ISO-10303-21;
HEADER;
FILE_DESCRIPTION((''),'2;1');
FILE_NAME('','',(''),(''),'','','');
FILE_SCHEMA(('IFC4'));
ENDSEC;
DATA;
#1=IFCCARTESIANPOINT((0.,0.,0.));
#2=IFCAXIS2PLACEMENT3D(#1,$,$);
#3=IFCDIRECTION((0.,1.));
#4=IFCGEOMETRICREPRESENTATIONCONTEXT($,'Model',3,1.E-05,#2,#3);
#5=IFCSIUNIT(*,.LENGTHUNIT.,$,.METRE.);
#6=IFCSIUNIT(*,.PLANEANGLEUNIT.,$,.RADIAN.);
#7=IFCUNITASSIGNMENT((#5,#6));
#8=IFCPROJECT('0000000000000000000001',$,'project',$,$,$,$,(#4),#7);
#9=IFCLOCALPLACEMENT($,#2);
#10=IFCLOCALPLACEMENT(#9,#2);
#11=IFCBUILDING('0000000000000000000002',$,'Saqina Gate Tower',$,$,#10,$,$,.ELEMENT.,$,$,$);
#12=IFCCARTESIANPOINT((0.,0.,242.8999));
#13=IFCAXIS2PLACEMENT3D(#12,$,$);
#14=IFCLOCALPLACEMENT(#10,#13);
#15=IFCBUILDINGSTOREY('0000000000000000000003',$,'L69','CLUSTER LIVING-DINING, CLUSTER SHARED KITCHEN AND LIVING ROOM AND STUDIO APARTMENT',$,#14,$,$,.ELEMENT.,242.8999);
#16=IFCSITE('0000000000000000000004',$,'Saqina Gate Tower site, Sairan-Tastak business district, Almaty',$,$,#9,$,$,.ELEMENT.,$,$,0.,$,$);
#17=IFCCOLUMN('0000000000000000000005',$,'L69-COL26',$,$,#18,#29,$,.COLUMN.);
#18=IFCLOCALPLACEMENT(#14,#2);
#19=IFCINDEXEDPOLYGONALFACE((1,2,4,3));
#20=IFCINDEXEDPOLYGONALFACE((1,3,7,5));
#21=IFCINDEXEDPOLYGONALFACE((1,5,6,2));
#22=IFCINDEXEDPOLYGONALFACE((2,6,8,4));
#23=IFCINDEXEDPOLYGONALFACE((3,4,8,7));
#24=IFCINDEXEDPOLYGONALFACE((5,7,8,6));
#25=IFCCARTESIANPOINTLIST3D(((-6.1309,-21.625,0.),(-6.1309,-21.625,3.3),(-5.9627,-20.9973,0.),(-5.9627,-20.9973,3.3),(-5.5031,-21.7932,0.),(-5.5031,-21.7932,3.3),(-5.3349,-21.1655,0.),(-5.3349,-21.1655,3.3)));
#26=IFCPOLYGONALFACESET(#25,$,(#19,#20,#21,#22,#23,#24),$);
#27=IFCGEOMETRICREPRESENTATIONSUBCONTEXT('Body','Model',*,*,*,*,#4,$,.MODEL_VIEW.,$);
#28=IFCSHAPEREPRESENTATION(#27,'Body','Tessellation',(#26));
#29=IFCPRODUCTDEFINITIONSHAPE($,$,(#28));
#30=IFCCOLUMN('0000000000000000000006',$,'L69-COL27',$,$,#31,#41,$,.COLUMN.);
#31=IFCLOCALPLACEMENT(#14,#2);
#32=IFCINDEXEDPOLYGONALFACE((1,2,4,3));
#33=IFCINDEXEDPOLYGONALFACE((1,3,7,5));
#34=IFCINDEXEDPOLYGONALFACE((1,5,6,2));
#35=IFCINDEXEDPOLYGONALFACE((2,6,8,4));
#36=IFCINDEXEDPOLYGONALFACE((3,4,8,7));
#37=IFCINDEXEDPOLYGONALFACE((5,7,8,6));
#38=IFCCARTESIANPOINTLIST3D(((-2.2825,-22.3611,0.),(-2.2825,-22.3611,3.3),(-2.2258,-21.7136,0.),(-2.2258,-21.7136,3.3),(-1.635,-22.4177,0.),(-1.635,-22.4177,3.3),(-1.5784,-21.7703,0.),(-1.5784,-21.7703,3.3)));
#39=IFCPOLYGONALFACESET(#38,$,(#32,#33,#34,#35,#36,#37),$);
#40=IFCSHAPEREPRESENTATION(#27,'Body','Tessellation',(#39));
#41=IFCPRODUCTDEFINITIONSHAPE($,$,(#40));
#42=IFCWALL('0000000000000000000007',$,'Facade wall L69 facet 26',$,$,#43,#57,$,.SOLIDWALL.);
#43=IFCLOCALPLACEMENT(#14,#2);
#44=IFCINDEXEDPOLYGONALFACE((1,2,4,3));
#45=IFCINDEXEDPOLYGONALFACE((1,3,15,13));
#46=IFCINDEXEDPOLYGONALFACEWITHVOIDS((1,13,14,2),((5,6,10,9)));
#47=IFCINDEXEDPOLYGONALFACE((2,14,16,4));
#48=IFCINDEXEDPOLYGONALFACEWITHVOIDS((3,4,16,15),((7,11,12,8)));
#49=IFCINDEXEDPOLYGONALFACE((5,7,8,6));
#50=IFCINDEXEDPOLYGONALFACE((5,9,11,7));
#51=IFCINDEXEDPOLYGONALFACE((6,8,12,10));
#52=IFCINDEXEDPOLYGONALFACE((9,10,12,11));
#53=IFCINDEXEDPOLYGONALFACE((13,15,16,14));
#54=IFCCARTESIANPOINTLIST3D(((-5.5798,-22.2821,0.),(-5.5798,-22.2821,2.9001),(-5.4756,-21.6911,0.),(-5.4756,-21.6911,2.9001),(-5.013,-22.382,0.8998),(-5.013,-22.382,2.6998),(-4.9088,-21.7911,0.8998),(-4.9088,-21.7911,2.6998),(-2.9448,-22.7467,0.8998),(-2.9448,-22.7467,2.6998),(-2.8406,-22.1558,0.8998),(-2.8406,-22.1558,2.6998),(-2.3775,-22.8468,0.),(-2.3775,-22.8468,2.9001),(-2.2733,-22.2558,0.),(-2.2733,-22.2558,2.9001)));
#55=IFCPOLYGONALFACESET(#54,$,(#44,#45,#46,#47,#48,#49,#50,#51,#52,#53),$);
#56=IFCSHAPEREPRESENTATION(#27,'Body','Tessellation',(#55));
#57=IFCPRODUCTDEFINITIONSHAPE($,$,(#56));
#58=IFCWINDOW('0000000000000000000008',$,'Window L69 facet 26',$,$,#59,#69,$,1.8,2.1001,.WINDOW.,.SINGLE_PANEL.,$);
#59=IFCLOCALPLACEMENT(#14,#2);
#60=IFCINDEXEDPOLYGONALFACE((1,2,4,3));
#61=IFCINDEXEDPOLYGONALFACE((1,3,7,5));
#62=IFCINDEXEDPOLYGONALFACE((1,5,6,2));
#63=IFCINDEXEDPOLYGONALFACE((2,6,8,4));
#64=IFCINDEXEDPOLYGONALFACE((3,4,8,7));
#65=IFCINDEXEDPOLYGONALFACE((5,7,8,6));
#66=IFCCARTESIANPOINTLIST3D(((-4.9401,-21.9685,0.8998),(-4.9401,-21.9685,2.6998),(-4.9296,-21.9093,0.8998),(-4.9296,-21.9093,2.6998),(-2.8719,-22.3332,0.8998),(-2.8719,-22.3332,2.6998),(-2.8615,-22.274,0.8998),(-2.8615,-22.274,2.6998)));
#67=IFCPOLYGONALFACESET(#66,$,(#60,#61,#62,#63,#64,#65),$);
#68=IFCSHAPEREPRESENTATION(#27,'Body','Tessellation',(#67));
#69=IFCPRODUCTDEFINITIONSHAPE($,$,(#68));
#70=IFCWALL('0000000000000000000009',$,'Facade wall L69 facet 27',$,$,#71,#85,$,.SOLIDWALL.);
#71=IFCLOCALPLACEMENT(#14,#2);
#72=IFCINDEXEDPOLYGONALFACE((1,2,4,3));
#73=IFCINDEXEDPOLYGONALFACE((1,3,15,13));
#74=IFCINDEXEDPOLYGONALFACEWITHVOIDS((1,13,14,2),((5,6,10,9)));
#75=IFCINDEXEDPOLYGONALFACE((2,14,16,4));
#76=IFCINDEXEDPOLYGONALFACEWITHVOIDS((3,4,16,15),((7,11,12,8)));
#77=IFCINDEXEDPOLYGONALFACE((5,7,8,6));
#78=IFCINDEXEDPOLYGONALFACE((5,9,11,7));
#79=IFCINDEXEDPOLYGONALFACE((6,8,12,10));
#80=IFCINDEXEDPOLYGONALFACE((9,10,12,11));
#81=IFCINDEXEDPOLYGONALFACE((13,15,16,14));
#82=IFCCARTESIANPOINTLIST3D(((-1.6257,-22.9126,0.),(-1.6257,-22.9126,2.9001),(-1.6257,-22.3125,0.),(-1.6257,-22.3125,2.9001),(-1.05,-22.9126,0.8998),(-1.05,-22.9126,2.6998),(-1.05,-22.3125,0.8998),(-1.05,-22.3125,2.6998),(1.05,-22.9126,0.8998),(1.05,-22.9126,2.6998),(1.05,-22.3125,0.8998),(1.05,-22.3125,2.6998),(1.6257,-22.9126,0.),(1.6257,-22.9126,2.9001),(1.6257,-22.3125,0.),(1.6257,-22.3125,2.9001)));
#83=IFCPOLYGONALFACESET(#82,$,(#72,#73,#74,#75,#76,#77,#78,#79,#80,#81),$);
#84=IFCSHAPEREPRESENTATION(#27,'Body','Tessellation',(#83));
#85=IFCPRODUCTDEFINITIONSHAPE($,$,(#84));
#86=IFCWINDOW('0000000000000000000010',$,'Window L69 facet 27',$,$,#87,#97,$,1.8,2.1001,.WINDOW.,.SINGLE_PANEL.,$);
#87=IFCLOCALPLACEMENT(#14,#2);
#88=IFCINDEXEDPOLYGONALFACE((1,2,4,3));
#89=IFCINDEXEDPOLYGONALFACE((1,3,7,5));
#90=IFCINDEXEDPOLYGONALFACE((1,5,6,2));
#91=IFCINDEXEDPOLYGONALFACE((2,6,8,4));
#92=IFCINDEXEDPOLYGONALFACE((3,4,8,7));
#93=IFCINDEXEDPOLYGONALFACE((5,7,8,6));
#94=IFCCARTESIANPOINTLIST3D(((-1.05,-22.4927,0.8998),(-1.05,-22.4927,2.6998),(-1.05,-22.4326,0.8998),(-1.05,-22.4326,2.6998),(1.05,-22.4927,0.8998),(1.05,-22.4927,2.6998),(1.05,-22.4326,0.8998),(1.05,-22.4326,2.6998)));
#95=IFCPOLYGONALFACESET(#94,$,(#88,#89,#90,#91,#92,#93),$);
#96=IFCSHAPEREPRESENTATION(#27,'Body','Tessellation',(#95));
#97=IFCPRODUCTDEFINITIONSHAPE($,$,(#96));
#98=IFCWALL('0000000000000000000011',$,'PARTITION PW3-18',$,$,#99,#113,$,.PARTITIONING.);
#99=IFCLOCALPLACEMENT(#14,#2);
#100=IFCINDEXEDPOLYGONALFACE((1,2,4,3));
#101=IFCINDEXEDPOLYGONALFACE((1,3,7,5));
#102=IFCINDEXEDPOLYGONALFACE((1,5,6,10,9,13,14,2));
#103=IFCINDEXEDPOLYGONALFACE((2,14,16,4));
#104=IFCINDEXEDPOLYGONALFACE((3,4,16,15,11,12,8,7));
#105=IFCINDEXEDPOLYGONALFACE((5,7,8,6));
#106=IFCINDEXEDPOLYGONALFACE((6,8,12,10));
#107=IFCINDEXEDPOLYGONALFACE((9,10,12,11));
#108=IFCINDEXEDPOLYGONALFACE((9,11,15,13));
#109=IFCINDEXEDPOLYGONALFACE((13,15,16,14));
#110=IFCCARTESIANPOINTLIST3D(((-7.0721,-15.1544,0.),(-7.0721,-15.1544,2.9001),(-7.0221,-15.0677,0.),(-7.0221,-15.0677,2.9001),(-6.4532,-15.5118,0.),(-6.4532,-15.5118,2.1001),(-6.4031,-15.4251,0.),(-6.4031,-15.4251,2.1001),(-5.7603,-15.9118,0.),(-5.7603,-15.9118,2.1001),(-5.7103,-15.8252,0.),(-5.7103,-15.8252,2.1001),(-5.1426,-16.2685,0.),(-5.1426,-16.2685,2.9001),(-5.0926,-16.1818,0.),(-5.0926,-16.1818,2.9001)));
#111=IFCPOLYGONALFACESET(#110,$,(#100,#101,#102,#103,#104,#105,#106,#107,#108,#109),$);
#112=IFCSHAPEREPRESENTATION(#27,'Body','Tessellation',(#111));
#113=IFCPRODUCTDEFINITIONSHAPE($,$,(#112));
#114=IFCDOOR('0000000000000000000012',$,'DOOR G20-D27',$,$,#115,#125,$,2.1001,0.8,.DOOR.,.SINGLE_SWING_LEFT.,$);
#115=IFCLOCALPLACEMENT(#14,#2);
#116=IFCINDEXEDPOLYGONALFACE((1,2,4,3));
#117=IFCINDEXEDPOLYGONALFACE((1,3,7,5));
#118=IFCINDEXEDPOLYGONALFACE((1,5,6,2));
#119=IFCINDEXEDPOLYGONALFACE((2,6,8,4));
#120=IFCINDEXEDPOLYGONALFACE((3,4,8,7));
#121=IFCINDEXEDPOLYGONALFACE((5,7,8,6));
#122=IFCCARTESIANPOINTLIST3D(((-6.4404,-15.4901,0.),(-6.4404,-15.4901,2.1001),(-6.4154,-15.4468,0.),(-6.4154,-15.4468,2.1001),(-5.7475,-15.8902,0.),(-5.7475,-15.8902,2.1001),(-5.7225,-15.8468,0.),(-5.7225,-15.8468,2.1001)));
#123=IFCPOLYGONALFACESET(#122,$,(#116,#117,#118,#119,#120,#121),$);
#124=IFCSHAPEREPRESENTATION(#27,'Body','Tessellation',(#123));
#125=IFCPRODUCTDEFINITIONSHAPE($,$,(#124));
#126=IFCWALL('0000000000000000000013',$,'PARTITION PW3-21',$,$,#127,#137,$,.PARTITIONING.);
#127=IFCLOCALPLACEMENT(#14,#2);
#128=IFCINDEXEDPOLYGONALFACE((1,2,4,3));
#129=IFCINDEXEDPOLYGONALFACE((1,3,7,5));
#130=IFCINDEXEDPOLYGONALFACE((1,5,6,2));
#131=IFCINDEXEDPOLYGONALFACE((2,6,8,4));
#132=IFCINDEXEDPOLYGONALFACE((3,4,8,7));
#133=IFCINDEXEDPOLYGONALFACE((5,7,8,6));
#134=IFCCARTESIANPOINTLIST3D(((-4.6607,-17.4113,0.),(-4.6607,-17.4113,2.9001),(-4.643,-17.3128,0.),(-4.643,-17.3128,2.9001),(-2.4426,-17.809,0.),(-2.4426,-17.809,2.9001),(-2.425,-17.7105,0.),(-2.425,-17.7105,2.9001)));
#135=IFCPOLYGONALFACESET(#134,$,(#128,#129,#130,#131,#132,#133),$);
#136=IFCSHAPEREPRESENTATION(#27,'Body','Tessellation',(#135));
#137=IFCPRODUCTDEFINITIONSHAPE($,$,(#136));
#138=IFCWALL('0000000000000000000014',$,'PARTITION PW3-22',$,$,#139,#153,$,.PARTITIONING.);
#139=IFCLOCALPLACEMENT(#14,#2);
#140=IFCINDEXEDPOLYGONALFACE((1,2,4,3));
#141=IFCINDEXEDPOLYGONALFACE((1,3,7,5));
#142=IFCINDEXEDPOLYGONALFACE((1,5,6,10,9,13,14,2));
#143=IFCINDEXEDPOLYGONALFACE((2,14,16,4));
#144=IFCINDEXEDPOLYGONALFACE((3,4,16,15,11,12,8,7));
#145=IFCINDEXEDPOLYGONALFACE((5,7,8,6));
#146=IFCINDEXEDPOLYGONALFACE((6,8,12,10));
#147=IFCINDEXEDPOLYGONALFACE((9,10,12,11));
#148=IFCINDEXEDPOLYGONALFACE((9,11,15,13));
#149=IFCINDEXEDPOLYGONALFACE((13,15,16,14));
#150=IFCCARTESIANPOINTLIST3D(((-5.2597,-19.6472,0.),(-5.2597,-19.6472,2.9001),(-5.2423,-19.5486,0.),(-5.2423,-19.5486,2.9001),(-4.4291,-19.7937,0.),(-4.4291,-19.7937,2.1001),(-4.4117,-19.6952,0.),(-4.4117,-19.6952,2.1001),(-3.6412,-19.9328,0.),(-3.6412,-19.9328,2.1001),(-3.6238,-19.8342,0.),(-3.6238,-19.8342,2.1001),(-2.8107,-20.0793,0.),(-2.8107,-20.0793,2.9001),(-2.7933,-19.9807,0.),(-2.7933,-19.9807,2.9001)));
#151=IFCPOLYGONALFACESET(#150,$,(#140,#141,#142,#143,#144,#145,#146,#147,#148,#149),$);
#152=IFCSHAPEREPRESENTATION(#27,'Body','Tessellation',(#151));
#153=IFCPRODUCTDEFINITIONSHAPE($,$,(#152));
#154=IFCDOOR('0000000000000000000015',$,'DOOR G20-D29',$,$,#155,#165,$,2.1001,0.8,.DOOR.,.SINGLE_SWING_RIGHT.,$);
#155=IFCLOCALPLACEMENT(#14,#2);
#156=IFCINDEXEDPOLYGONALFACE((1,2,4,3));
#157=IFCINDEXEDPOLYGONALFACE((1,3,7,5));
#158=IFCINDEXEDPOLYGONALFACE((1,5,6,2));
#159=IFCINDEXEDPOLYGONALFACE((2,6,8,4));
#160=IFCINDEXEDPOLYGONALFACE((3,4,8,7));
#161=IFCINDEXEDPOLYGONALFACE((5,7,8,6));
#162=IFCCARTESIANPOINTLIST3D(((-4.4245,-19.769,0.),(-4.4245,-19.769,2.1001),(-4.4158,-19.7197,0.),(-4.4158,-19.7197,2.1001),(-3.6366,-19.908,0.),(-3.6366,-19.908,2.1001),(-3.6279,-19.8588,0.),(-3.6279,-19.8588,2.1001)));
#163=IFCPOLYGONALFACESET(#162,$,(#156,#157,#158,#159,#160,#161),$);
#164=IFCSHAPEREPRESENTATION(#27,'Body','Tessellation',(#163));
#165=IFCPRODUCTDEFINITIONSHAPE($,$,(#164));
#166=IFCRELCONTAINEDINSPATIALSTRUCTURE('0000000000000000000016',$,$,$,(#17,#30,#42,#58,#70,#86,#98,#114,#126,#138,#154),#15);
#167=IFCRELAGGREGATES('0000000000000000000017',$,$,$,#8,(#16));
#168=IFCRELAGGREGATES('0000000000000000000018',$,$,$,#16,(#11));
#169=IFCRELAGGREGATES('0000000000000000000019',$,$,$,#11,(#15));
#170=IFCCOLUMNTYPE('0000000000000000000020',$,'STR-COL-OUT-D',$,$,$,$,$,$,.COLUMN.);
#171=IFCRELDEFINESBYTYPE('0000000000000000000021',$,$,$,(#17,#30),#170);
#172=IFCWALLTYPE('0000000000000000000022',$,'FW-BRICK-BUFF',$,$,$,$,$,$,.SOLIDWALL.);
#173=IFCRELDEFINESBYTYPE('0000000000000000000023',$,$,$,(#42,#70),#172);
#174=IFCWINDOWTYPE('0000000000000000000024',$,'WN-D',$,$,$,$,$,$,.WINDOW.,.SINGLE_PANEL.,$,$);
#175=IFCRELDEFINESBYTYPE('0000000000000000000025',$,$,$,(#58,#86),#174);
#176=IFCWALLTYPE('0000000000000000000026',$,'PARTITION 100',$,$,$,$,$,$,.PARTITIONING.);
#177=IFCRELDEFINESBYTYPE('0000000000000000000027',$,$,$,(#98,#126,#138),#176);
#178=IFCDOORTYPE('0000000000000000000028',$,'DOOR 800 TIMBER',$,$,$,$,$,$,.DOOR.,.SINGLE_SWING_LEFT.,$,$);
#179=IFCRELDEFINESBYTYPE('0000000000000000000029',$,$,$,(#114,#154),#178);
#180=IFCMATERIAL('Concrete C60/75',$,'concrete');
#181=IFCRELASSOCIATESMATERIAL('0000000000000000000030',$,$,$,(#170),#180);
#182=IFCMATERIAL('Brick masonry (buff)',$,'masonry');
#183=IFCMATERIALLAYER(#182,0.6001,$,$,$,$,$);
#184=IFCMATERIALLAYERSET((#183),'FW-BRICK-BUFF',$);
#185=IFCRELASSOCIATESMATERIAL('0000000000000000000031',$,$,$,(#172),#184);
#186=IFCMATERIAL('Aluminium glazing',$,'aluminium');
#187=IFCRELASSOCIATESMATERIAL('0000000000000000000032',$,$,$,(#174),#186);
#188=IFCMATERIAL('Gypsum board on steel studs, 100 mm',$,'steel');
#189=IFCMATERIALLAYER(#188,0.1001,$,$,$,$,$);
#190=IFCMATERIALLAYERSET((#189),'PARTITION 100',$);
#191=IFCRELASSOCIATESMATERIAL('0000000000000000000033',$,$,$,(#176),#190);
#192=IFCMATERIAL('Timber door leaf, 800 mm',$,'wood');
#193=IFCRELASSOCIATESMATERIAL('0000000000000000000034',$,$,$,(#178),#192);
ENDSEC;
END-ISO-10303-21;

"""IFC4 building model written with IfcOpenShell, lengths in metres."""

from ifc_helpers import new_model, si_unit, direction, frame, frame_2d, origin, origin_2d, place, context, subcontext, project, spatial, rectangle, extrude, material, layer, layer_set, material_profile, profile_set, type_object, element, fill, save


model = new_model("IFC4")

# Units and contexts
model_context = context("Model", 3, precision=1e-05, world=origin(), true_north=direction((0.0, 1.0)))
body_context = subcontext(model_context, "Body", "Model", "MODEL_VIEW")
ifc_project = project(units=[si_unit("LENGTHUNIT", "METRE"), si_unit("PLANEANGLEUNIT", "RADIAN")], contexts=[model_context])

# Site, building, storey
site_placement = place(None, origin())
site = spatial("IfcSite", under=ifc_project, at=site_placement, Name="Saqina Gate Tower site, Sairan-Tastak business district, Almaty", CompositionType="ELEMENT", RefElevation=0.0)
building_placement = place(site_placement, origin())
building = spatial("IfcBuilding", under=site, at=building_placement, Name="Saqina Gate Tower", CompositionType="ELEMENT")
storey_placement = place(building_placement, frame((0.0, 0.0, 242.8999)))
storey = spatial("IfcBuildingStorey", under=building, at=storey_placement, Name="L69", Description="CLUSTER LIVING-DINING, CLUSTER SHARED KITCHEN AND LIVING ROOM AND STUDIO APARTMENT", CompositionType="ELEMENT", Elevation=242.8999)

# Columns
ifc_material_1 = material(Name="Concrete C60/75", Category="concrete")
ifc_material_profile = material_profile(ifc_material_1, rectangle(XDim=0.6499, YDim=0.6499, at=origin_2d()), Name="RC 650x650")
ifc_profile_set = profile_set([ifc_material_profile], Name="Concrete C60/75")
column_type = type_object("IfcColumnType", Name="STR-COL-OUT-D", PredefinedType="COLUMN", material=ifc_profile_set)
for number, where, z_axis, x_axis, name in (
    (1, (-5.7329, -21.3953, 0.0), (0.0, 0.0, 1.0), (-0.258819, -0.965926, 0.0), "L69-COL26"),
    (2, (-1.9304, -22.0657, 0.0), (0.0, 0.0, 1.0), (-0.087156, -0.996195, 0.0), "L69-COL27"),
):
    element("IfcColumn", number, at=place(storey_placement, frame(where, z_axis=z_axis, x_axis=x_axis)), inside=storey, type_object=column_type, Name=name, PredefinedType="COLUMN", context=body_context, shape_type="SweptSolid", body=[
        extrude(rectangle(XDim=0.6499, YDim=0.6499, at=origin_2d()), origin(), (0.0, 0.0, 1.0), 3.3),
    ])

# Walls, openings, windows
ifc_material_2 = material(Name="Brick masonry (buff)", Category="masonry")
ifc_layer_1 = layer(ifc_material_2, 0.6001)
ifc_layer_set_1 = layer_set([ifc_layer_1], Name="FW-BRICK-BUFF")
wall_type_1 = type_object("IfcWallType", Name="FW-BRICK-BUFF", PredefinedType="SOLIDWALL", material=ifc_layer_set_1)
wall_1_placement = place(storey_placement, frame((-5.5278, -21.9866, 0.0), z_axis=(0.0, 0.0, 1.0), x_axis=(0.984806, -0.173657, 0.0)))
wall_1 = element("IfcWall", 3, at=wall_1_placement, inside=storey, type_object=wall_type_1, Name="Facade wall L69 facet 26", PredefinedType="SOLIDWALL", context=body_context, shape_type="SweptSolid", body=[
    extrude(rectangle(XDim=3.2517, YDim=0.6001, at=frame_2d((1.626, 0.0))), origin(), (0.0, 0.0, 1.0), 2.9001),
])
opening_1_placement = place(wall_1_placement, frame((0.5757, 0.0, 0.8999)))
opening_1 = element("IfcOpeningElement", 4, at=opening_1_placement, cuts=wall_1, PredefinedType="OPENING", context=body_context, shape_type="SweptSolid", body=[
    extrude(rectangle(XDim=2.1001, YDim=1.8, at=frame_2d((1.05, 0.8999))), frame((0.0, 0.312, 0.0), z_axis=(0.0, -1.0, 0.0), x_axis=(1.0, 0.0, 0.0)), (0.0, 0.0, 1.0), 0.624),
])
ifc_material_3 = material(Name="Aluminium glazing", Category="aluminium")
window_type = type_object("IfcWindowType", Name="WN-D", PartitioningType="SINGLE_PANEL", PredefinedType="WINDOW", material=ifc_material_3)
window_1_placement = place(opening_1_placement, origin())
window_1 = element("IfcWindow", 5, at=window_1_placement, inside=storey, type_object=window_type, Name="Window L69 facet 26", OverallHeight=1.8, OverallWidth=2.1001, PartitioningType="SINGLE_PANEL", PredefinedType="WINDOW", context=body_context, shape_type="SweptSolid", body=[
    extrude(rectangle(XDim=2.1001, YDim=1.8, at=frame_2d((1.05, 0.8999))), frame((0.0, 0.1799, 0.0), z_axis=(0.0, -1.0, 0.0), x_axis=(1.0, 0.0, 0.0)), (0.0, 0.0, 1.0), 0.0601),
])
fill(opening_1, window_1)
wall_2_placement = place(storey_placement, frame((-1.6257, -22.6125, 0.0), z_axis=(0.0, 0.0, 1.0), x_axis=(1.0, 0.0, 0.0)))
wall_2 = element("IfcWall", 6, at=wall_2_placement, inside=storey, type_object=wall_type_1, Name="Facade wall L69 facet 27", PredefinedType="SOLIDWALL", context=body_context, shape_type="SweptSolid", body=[
    extrude(rectangle(XDim=3.2515, YDim=0.6001, at=frame_2d((1.6257, 0.0))), origin(), (0.0, 0.0, 1.0), 2.9001),
])
opening_2_placement = place(wall_2_placement, frame((0.5757, 0.0, 0.8999)))
opening_2 = element("IfcOpeningElement", 7, at=opening_2_placement, cuts=wall_2, PredefinedType="OPENING", context=body_context, shape_type="SweptSolid", body=[
    extrude(rectangle(XDim=2.1001, YDim=1.8, at=frame_2d((1.05, 0.8999))), frame((0.0, 0.312, 0.0), z_axis=(0.0, -1.0, 0.0), x_axis=(1.0, 0.0, 0.0)), (0.0, 0.0, 1.0), 0.624),
])
window_2_placement = place(opening_2_placement, origin())
window_2 = element("IfcWindow", 8, at=window_2_placement, inside=storey, type_object=window_type, Name="Window L69 facet 27", OverallHeight=1.8, OverallWidth=2.1001, PartitioningType="SINGLE_PANEL", PredefinedType="WINDOW", context=body_context, shape_type="SweptSolid", body=[
    extrude(rectangle(XDim=2.1001, YDim=1.8, at=frame_2d((1.05, 0.8999))), frame((0.0, 0.1799, 0.0), z_axis=(0.0, -1.0, 0.0), x_axis=(1.0, 0.0, 0.0)), (0.0, 0.0, 1.0), 0.0601),
])
fill(opening_2, window_2)

# Wall, opening, door
ifc_material_4 = material(Name="Gypsum board on steel studs, 100 mm", Category="steel")
ifc_layer_2 = layer(ifc_material_4, 0.1001)
ifc_layer_set_2 = layer_set([ifc_layer_2], Name="PARTITION 100")
wall_type_2 = type_object("IfcWallType", Name="PARTITION 100", PredefinedType="PARTITIONING", material=ifc_layer_set_2)
wall_3_placement = place(storey_placement, frame((-7.0471, -15.1111, 0.0), z_axis=(0.0, 0.0, 1.0), x_axis=(0.866016, -0.500017, 0.0)))
wall_3 = element("IfcWall", 9, at=wall_3_placement, inside=storey, type_object=wall_type_2, Name="PARTITION PW3-18", PredefinedType="PARTITIONING", context=body_context, shape_type="SweptSolid", body=[
    extrude(rectangle(XDim=2.228, YDim=0.1001, at=frame_2d((1.114, 0.0))), origin(), (0.0, 0.0, 1.0), 2.9001),
])
opening_3_placement = place(wall_3_placement, frame((0.7148, 0.0, 0.0)))
opening_3 = element("IfcOpeningElement", 10, at=opening_3_placement, cuts=wall_3, PredefinedType="OPENING", context=body_context, shape_type="SweptSolid", body=[
    extrude(rectangle(XDim=0.8, YDim=2.1001, at=frame_2d((0.3999, 1.05))), frame((0.0, 0.062, 0.0), z_axis=(0.0, -1.0, 0.0), x_axis=(1.0, 0.0, 0.0)), (0.0, 0.0, 1.0), 0.124),
])
ifc_material_5 = material(Name="Timber door leaf, 800 mm", Category="wood")
door_type_1 = type_object("IfcDoorType", Name="DOOR 800 TIMBER", OperationType="SINGLE_SWING_LEFT", PredefinedType="DOOR", material=ifc_material_5)
door_1_placement = place(opening_3_placement, frame((0.8, 0.0, 0.0), z_axis=(0.0, 0.0, 1.0), x_axis=(-1.0, 0.0, 0.0)))
door_1 = element("IfcDoor", 11, at=door_1_placement, inside=storey, type_object=door_type_1, Name="DOOR G20-D27", OperationType="SINGLE_SWING_LEFT", OverallHeight=2.1001, OverallWidth=0.8, PredefinedType="DOOR", context=body_context, shape_type="SweptSolid", body=[
    extrude(rectangle(XDim=0.8, YDim=2.1001, at=frame_2d((0.3999, 1.05))), frame((0.0, 0.0249, 0.0), z_axis=(0.0, -1.0, 0.0), x_axis=(1.0, 0.0, 0.0)), (0.0, 0.0, 1.0), 0.05),
])
fill(opening_3, door_1)

# Wall
wall_4_placement = place(storey_placement, frame((-4.6519, -17.3621, 0.0), z_axis=(0.0, 0.0, 1.0), x_axis=(0.984302, -0.176492, 0.0)))
element("IfcWall", 12, at=wall_4_placement, inside=storey, type_object=wall_type_2, Name="PARTITION PW3-21", PredefinedType="PARTITIONING", context=body_context, shape_type="SweptSolid", body=[
    extrude(rectangle(XDim=2.2534, YDim=0.1001, at=frame_2d((1.1267, 0.0))), origin(), (0.0, 0.0, 1.0), 2.9001),
])

# Wall, opening, door
wall_5_placement = place(storey_placement, frame((-5.251, -19.5979, 0.0), z_axis=(0.0, 0.0, 1.0), x_axis=(0.984787, -0.173769, 0.0)))
wall_5 = element("IfcWall", 13, at=wall_5_placement, inside=storey, type_object=wall_type_2, Name="PARTITION PW3-22", PredefinedType="PARTITIONING", context=body_context, shape_type="SweptSolid", body=[
    extrude(rectangle(XDim=2.4868, YDim=0.1001, at=frame_2d((1.2434, 0.0))), origin(), (0.0, 0.0, 1.0), 2.9001),
])
opening_4_placement = place(wall_5_placement, frame((0.8435, 0.0, 0.0)))
opening_4 = element("IfcOpeningElement", 14, at=opening_4_placement, cuts=wall_5, PredefinedType="OPENING", context=body_context, shape_type="SweptSolid", body=[
    extrude(rectangle(XDim=0.8, YDim=2.1001, at=frame_2d((0.3999, 1.05))), frame((0.0, 0.062, 0.0), z_axis=(0.0, -1.0, 0.0), x_axis=(1.0, 0.0, 0.0)), (0.0, 0.0, 1.0), 0.124),
])
door_2_placement = place(opening_4_placement, frame((0.8, 0.0, 0.0), z_axis=(0.0, 0.0, 1.0), x_axis=(-1.0, 0.0, 0.0)))
door_2 = element("IfcDoor", 15, at=door_2_placement, inside=storey, type_object=door_type_1, Name="DOOR G20-D29", OperationType="SINGLE_SWING_RIGHT", OverallHeight=2.1001, OverallWidth=0.8, PredefinedType="DOOR", context=body_context, shape_type="SweptSolid", body=[
    extrude(rectangle(XDim=0.8, YDim=2.1001, at=frame_2d((0.3999, 1.05))), frame((0.0, 0.0249, 0.0), z_axis=(0.0, -1.0, 0.0), x_axis=(1.0, 0.0, 0.0)), (0.0, 0.0, 1.0), 0.05),
])
fill(opening_4, door_2)

save(model, "model.ifc")
